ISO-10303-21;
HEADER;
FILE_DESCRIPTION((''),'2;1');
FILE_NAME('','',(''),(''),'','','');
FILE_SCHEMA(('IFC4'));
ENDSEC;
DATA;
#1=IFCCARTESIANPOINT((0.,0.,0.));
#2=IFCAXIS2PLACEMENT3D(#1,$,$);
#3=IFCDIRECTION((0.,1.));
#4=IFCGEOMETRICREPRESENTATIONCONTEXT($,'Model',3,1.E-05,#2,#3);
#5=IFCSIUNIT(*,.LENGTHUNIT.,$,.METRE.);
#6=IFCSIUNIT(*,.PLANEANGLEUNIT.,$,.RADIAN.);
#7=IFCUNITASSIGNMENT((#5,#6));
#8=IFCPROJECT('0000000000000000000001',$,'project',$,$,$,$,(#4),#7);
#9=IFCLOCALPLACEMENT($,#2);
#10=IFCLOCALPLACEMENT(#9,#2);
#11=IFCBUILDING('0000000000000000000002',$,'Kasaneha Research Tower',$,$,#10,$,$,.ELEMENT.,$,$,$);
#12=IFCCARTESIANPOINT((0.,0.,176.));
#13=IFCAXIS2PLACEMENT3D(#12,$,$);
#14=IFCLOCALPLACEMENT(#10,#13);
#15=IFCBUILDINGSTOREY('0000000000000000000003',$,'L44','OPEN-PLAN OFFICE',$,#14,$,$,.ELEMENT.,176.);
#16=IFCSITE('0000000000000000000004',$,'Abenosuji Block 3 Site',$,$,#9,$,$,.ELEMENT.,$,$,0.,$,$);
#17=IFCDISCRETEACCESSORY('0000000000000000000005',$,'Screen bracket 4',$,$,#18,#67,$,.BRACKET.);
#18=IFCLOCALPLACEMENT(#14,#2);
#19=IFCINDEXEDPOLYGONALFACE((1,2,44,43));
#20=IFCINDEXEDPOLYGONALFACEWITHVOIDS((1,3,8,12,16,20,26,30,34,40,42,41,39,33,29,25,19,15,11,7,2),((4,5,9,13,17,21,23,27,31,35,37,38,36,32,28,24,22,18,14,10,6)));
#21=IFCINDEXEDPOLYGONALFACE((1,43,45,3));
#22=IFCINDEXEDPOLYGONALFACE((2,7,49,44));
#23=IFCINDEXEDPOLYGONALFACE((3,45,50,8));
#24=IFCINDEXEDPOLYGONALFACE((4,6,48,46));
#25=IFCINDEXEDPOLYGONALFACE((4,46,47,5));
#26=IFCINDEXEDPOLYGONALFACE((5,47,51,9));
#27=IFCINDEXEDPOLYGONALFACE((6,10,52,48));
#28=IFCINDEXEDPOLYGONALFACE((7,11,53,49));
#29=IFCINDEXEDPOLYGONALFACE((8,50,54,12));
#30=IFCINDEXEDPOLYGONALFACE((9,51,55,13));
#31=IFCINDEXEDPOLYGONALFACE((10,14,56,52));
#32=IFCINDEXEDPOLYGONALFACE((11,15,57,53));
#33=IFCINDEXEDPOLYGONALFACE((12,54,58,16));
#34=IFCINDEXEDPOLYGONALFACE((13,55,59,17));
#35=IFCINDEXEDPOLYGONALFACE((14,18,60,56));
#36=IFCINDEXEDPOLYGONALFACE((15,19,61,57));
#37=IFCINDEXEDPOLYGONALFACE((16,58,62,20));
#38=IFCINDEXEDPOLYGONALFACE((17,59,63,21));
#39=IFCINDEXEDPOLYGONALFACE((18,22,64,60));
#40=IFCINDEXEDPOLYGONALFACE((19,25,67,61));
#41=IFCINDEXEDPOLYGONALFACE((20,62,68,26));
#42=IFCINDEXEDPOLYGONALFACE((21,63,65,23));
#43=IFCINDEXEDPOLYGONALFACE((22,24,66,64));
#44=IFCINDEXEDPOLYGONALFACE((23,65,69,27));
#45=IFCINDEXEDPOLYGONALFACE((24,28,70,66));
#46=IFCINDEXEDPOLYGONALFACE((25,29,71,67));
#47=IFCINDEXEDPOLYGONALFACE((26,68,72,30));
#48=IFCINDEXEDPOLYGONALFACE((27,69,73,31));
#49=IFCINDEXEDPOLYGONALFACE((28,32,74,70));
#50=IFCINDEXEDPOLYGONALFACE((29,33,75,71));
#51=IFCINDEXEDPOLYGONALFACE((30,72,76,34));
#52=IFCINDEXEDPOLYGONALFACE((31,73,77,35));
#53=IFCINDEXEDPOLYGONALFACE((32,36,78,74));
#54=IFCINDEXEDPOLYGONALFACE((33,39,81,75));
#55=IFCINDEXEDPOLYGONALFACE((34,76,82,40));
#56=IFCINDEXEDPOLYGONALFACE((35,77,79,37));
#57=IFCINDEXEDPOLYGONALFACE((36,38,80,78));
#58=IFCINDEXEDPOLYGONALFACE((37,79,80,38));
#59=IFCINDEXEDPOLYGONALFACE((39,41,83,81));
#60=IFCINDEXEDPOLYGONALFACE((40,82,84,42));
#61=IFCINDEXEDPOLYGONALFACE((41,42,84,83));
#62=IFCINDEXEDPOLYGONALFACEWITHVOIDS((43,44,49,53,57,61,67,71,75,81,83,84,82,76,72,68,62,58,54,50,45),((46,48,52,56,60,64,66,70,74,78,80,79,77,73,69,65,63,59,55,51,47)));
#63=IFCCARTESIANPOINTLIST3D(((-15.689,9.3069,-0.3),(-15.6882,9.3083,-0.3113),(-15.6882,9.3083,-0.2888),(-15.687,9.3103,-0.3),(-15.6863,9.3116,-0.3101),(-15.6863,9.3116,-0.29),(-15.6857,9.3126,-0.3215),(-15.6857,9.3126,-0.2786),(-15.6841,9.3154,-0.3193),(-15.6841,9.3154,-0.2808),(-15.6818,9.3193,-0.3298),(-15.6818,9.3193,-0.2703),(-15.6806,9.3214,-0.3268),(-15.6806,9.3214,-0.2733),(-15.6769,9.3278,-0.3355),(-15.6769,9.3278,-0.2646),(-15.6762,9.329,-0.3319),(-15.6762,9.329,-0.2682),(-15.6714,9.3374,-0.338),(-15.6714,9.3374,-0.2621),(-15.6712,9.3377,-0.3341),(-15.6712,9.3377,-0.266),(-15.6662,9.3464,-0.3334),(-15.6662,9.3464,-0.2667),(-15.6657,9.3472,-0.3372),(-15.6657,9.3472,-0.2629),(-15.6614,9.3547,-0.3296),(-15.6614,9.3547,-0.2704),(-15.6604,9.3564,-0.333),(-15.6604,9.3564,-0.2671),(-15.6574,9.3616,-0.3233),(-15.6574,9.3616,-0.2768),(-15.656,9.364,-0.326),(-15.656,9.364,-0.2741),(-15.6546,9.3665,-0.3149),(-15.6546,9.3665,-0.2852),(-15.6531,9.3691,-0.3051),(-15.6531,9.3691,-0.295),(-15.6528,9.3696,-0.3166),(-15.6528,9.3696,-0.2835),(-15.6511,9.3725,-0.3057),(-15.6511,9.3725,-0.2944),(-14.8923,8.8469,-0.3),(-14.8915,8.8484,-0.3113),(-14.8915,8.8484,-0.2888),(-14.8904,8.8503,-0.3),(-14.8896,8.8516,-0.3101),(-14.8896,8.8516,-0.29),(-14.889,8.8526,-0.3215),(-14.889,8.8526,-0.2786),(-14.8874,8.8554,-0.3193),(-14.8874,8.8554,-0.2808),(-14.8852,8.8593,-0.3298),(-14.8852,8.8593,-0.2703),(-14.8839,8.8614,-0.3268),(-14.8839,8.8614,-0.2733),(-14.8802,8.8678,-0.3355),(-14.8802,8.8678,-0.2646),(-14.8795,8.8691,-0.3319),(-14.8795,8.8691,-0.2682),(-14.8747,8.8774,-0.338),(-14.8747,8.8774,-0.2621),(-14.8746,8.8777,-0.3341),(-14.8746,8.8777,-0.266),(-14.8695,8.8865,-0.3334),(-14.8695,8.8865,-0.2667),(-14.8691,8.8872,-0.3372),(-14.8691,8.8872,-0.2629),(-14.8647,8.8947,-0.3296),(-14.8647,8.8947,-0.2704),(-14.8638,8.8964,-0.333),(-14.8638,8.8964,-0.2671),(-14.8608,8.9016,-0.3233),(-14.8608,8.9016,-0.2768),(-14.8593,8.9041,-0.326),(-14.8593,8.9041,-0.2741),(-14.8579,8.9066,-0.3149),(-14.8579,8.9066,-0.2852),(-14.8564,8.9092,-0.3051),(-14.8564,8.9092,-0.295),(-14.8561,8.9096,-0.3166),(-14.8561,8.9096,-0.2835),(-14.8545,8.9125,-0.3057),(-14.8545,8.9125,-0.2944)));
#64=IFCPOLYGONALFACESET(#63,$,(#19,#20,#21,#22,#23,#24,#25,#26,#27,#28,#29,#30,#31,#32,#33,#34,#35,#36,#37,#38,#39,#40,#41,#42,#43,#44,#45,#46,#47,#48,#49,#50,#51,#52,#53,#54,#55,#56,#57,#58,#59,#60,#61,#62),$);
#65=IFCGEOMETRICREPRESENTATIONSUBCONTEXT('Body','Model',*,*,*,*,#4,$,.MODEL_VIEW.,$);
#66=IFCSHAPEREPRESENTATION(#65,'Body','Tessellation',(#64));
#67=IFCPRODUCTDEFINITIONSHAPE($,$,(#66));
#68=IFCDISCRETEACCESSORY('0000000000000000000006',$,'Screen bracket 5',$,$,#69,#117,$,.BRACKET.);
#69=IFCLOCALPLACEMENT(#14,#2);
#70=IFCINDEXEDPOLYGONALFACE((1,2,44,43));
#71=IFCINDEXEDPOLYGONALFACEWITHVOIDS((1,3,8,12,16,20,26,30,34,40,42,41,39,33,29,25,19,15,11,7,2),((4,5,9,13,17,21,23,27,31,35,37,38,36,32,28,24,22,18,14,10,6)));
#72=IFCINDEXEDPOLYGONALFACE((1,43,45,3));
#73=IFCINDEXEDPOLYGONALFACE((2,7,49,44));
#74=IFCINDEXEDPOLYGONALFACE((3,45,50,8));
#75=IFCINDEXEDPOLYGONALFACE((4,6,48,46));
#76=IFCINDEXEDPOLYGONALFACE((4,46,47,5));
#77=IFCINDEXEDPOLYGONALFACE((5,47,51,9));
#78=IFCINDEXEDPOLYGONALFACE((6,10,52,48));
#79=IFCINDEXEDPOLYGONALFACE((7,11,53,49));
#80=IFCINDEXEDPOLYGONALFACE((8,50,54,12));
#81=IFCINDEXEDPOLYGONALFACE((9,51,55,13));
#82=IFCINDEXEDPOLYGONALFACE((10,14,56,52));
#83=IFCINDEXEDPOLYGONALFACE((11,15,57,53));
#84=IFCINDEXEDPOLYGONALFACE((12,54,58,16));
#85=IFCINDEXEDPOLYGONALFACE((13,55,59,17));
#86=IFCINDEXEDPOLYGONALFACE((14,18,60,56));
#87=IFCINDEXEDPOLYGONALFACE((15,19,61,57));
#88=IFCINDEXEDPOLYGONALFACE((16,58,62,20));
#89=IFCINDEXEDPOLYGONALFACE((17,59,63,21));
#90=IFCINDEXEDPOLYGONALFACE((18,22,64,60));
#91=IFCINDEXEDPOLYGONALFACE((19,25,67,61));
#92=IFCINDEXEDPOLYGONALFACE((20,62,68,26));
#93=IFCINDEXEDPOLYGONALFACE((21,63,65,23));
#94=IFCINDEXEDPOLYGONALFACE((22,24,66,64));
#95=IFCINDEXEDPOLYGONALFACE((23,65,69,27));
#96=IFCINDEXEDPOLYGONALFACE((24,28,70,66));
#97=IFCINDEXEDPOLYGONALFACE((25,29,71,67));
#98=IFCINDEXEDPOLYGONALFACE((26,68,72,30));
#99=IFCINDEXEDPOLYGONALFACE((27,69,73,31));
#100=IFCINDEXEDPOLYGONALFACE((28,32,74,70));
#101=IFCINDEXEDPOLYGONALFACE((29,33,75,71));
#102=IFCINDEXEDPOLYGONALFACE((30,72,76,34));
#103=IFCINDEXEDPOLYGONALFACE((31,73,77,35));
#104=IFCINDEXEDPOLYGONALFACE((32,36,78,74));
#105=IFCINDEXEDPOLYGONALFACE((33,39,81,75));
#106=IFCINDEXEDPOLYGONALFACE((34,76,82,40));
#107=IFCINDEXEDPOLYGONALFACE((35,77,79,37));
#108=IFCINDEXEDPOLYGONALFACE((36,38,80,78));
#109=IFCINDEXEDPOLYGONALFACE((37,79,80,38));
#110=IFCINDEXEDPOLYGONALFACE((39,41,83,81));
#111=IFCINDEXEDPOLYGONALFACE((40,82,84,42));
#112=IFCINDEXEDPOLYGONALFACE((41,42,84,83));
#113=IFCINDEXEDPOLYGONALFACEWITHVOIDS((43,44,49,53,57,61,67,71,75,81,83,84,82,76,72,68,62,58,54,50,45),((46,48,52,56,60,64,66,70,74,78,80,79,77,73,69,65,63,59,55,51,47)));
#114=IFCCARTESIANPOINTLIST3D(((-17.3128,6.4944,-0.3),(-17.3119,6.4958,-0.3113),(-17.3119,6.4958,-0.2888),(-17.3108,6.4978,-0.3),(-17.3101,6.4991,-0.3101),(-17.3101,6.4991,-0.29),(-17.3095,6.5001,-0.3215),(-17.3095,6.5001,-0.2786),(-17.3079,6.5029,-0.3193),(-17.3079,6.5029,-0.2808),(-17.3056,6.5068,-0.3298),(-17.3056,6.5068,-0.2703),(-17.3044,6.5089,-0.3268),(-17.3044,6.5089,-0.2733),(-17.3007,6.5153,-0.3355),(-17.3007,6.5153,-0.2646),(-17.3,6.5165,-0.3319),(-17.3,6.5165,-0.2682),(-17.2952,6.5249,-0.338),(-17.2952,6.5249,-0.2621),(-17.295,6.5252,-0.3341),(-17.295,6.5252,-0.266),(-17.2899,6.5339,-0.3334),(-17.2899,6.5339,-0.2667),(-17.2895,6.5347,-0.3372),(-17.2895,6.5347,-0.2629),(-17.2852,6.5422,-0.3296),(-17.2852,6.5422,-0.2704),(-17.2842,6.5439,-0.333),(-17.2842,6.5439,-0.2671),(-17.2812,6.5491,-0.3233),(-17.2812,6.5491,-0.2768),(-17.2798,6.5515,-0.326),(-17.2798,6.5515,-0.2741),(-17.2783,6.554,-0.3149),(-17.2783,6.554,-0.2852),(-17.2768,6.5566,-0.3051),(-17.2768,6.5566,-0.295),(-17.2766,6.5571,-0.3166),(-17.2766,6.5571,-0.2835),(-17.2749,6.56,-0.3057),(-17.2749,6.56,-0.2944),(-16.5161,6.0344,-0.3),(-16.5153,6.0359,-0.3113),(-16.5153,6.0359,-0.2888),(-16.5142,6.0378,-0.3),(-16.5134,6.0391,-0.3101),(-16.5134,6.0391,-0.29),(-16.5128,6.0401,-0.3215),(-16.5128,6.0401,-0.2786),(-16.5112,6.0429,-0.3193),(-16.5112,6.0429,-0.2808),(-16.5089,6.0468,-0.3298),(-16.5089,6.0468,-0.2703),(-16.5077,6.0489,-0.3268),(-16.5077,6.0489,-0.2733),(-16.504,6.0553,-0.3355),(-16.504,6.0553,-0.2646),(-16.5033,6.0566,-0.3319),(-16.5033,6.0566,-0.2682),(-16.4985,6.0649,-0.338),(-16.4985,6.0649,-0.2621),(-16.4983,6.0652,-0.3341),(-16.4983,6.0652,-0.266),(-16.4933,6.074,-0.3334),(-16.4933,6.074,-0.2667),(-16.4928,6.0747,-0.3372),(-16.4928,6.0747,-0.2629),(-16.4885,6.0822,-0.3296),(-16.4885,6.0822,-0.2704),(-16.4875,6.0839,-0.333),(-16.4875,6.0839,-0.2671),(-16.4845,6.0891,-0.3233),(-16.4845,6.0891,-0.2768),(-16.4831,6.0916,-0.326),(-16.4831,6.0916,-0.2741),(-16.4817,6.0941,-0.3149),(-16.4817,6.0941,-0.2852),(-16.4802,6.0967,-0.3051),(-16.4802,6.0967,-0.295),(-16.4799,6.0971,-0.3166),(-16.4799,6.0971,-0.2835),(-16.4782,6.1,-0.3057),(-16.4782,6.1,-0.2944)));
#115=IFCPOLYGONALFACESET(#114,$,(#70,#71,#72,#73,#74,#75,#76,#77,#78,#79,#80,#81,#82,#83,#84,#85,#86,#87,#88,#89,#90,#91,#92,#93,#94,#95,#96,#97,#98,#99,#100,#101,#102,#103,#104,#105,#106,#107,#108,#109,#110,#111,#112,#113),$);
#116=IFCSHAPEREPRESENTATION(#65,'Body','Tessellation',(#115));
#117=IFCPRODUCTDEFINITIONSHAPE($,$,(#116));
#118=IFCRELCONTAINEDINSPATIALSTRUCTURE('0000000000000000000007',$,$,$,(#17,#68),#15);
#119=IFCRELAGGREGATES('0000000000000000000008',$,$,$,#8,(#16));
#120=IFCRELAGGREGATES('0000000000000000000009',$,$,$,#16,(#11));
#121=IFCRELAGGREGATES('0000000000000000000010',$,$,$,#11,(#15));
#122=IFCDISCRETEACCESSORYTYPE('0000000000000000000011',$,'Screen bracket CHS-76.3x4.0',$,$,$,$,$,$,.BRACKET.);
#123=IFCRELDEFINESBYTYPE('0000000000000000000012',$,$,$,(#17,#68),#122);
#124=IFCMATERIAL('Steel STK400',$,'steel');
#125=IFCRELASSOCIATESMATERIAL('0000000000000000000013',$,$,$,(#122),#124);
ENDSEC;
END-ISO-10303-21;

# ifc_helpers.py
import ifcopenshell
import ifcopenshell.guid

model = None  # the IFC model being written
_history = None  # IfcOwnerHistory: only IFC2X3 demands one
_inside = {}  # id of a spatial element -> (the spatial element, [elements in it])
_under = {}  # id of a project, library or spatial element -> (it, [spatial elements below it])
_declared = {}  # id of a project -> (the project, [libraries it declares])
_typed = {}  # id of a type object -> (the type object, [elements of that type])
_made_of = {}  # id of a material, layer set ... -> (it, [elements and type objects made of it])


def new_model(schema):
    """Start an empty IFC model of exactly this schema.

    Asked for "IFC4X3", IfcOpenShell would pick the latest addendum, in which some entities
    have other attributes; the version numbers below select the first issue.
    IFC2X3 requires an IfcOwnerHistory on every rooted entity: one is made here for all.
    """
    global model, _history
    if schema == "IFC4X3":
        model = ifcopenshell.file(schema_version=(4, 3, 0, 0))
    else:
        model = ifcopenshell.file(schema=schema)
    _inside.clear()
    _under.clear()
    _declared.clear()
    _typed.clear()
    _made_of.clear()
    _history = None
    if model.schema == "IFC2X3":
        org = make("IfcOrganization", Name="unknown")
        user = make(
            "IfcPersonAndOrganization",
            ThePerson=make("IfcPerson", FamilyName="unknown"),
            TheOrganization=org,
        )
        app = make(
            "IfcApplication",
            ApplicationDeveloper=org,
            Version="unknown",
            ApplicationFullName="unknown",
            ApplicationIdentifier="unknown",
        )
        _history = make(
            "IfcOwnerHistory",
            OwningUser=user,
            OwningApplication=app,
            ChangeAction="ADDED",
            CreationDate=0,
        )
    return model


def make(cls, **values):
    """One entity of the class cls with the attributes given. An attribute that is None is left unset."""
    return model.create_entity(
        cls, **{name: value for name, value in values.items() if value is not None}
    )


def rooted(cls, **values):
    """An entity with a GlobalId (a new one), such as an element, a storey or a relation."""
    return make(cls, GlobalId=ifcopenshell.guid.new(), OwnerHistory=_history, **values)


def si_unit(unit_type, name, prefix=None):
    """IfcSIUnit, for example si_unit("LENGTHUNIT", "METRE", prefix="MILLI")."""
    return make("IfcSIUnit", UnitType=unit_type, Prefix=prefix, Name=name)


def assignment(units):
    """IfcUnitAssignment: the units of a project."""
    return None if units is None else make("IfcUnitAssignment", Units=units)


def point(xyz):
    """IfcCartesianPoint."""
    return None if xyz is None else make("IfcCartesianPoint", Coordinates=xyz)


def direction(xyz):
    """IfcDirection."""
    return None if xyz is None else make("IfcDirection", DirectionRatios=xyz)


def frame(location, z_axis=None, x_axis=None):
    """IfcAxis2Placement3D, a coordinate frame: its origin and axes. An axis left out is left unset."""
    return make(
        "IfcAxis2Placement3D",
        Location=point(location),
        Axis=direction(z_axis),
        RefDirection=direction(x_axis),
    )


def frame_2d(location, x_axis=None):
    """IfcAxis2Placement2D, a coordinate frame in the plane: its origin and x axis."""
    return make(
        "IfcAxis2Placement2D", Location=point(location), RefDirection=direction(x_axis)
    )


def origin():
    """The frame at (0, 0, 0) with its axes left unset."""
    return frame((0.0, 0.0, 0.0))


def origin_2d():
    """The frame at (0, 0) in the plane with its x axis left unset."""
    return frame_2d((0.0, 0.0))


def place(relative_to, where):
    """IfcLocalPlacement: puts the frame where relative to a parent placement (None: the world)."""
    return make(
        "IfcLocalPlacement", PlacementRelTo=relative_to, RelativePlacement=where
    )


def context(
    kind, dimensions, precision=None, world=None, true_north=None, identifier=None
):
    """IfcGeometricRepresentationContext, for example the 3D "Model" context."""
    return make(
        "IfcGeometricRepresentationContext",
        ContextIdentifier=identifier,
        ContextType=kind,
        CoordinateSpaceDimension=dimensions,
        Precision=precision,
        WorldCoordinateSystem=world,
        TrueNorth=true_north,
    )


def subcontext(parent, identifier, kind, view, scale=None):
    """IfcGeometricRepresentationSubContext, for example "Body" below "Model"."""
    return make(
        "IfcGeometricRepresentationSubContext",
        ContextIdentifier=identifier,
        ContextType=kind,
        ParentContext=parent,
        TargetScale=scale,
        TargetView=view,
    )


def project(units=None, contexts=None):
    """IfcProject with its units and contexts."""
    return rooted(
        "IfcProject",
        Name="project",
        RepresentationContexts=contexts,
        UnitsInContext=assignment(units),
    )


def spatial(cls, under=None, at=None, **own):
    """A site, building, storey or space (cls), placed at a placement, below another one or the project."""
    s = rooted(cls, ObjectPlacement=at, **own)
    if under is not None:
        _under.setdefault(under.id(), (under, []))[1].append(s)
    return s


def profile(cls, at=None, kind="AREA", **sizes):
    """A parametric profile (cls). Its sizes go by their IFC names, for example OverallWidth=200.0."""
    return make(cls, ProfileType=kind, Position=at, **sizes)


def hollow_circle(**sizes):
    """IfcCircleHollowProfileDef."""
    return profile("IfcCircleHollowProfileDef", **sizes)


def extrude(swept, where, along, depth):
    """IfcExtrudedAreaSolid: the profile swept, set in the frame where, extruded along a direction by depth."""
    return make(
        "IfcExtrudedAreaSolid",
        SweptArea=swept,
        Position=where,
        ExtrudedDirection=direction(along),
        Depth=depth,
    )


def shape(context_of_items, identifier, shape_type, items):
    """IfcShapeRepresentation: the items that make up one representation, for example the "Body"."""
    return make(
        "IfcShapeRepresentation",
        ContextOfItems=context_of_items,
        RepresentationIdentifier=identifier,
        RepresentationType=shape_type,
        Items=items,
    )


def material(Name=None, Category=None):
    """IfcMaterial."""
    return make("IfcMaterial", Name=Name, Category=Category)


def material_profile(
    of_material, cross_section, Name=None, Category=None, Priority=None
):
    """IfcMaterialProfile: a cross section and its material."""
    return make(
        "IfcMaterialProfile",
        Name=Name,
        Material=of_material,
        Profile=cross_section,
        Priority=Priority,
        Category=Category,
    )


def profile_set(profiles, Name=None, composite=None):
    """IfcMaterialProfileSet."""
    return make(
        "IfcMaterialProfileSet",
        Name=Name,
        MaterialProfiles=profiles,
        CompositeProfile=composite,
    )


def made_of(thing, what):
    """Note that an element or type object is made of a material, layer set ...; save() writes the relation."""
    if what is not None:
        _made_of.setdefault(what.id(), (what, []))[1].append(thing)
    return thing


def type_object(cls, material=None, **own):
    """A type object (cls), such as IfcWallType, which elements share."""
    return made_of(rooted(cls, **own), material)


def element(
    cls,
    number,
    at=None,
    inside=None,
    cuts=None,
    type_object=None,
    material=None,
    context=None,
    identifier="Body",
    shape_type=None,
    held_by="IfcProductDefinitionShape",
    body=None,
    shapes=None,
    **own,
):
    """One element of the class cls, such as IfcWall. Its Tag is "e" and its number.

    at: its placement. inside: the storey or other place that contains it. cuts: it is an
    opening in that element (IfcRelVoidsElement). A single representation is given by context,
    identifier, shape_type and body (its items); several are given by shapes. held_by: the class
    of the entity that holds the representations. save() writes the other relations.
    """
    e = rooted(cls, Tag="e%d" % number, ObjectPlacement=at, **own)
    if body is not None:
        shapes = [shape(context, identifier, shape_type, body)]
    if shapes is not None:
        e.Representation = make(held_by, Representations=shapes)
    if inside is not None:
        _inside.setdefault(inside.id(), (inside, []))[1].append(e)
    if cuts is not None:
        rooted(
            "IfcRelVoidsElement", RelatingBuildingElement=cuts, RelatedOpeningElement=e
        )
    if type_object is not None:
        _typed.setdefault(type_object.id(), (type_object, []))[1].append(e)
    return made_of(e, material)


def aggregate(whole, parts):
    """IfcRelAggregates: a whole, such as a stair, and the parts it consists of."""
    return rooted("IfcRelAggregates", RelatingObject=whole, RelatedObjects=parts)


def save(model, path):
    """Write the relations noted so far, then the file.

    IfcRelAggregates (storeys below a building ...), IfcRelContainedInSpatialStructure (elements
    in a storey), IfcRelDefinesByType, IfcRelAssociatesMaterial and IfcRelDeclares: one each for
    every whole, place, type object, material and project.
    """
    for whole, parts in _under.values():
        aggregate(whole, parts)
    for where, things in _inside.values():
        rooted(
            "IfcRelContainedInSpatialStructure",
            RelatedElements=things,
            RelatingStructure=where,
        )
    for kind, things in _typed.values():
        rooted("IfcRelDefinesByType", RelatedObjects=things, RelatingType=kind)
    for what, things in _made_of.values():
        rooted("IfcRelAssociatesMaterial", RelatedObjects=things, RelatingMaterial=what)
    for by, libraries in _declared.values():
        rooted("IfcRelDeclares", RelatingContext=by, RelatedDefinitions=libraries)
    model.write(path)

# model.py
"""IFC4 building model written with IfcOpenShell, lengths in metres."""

from ifc_helpers import new_model, si_unit, direction, frame, origin, origin_2d, place, context, subcontext, project, spatial, hollow_circle, extrude, material, material_profile, profile_set, type_object, element, save


model = new_model("IFC4")

# Units and contexts
model_context = context("Model", 3, precision=1e-05, world=origin(), true_north=direction((0.0, 1.0)))
body_context = subcontext(model_context, "Body", "Model", "MODEL_VIEW")
ifc_project = project(units=[si_unit("LENGTHUNIT", "METRE"), si_unit("PLANEANGLEUNIT", "RADIAN")], contexts=[model_context])

# Site, building, storey
site_placement = place(None, origin())
site = spatial("IfcSite", under=ifc_project, at=site_placement, Name="Abenosuji Block 3 Site", CompositionType="ELEMENT", RefElevation=0.0)
building_placement = place(site_placement, origin())
building = spatial("IfcBuilding", under=site, at=building_placement, Name="Kasaneha Research Tower", CompositionType="ELEMENT")
storey_placement = place(building_placement, frame((0.0, 0.0, 176.0)))
storey = spatial("IfcBuildingStorey", under=building, at=storey_placement, Name="L44", Description="OPEN-PLAN OFFICE", CompositionType="ELEMENT", Elevation=176.0)

# Discrete accessories
ifc_material_1 = material(Name="Steel STK400", Category="steel")
ifc_material_profile_1 = material_profile(ifc_material_1, hollow_circle(Radius=0.0381, WallThickness=0.0039, at=origin_2d()), Name="CHS-76.3x4.0")
ifc_profile_set_1 = profile_set([ifc_material_profile_1], Name="Steel STK400")
discrete_accessory_type = type_object("IfcDiscreteAccessoryType", Name="Screen bracket CHS-76.3x4.0", PredefinedType="BRACKET", material=ifc_profile_set_1)
for number, where, z_axis, x_axis, name in (
    (1, (-14.8733, 8.8799, -0.3), (-0.866013, 0.500021, 0.0), (-0.500021, -0.866013, 0.0), "Screen bracket 4"),
    (2, (-16.4971, 6.0674, -0.3), (-0.866013, 0.500021, 0.0), (-0.500021, -0.866013, 0.0), "Screen bracket 5"),
):
    element("IfcDiscreteAccessory", number, at=place(storey_placement, frame(where, z_axis=z_axis, x_axis=x_axis)), inside=storey, type_object=discrete_accessory_type, Name=name, PredefinedType="BRACKET", context=body_context, shape_type="SweptSolid", body=[
        extrude(hollow_circle(Radius=0.0381, WallThickness=0.0039, at=origin_2d()), origin(), (0.0, 0.0, 1.0), 0.9199),
    ])

save(model, "model.ifc")
